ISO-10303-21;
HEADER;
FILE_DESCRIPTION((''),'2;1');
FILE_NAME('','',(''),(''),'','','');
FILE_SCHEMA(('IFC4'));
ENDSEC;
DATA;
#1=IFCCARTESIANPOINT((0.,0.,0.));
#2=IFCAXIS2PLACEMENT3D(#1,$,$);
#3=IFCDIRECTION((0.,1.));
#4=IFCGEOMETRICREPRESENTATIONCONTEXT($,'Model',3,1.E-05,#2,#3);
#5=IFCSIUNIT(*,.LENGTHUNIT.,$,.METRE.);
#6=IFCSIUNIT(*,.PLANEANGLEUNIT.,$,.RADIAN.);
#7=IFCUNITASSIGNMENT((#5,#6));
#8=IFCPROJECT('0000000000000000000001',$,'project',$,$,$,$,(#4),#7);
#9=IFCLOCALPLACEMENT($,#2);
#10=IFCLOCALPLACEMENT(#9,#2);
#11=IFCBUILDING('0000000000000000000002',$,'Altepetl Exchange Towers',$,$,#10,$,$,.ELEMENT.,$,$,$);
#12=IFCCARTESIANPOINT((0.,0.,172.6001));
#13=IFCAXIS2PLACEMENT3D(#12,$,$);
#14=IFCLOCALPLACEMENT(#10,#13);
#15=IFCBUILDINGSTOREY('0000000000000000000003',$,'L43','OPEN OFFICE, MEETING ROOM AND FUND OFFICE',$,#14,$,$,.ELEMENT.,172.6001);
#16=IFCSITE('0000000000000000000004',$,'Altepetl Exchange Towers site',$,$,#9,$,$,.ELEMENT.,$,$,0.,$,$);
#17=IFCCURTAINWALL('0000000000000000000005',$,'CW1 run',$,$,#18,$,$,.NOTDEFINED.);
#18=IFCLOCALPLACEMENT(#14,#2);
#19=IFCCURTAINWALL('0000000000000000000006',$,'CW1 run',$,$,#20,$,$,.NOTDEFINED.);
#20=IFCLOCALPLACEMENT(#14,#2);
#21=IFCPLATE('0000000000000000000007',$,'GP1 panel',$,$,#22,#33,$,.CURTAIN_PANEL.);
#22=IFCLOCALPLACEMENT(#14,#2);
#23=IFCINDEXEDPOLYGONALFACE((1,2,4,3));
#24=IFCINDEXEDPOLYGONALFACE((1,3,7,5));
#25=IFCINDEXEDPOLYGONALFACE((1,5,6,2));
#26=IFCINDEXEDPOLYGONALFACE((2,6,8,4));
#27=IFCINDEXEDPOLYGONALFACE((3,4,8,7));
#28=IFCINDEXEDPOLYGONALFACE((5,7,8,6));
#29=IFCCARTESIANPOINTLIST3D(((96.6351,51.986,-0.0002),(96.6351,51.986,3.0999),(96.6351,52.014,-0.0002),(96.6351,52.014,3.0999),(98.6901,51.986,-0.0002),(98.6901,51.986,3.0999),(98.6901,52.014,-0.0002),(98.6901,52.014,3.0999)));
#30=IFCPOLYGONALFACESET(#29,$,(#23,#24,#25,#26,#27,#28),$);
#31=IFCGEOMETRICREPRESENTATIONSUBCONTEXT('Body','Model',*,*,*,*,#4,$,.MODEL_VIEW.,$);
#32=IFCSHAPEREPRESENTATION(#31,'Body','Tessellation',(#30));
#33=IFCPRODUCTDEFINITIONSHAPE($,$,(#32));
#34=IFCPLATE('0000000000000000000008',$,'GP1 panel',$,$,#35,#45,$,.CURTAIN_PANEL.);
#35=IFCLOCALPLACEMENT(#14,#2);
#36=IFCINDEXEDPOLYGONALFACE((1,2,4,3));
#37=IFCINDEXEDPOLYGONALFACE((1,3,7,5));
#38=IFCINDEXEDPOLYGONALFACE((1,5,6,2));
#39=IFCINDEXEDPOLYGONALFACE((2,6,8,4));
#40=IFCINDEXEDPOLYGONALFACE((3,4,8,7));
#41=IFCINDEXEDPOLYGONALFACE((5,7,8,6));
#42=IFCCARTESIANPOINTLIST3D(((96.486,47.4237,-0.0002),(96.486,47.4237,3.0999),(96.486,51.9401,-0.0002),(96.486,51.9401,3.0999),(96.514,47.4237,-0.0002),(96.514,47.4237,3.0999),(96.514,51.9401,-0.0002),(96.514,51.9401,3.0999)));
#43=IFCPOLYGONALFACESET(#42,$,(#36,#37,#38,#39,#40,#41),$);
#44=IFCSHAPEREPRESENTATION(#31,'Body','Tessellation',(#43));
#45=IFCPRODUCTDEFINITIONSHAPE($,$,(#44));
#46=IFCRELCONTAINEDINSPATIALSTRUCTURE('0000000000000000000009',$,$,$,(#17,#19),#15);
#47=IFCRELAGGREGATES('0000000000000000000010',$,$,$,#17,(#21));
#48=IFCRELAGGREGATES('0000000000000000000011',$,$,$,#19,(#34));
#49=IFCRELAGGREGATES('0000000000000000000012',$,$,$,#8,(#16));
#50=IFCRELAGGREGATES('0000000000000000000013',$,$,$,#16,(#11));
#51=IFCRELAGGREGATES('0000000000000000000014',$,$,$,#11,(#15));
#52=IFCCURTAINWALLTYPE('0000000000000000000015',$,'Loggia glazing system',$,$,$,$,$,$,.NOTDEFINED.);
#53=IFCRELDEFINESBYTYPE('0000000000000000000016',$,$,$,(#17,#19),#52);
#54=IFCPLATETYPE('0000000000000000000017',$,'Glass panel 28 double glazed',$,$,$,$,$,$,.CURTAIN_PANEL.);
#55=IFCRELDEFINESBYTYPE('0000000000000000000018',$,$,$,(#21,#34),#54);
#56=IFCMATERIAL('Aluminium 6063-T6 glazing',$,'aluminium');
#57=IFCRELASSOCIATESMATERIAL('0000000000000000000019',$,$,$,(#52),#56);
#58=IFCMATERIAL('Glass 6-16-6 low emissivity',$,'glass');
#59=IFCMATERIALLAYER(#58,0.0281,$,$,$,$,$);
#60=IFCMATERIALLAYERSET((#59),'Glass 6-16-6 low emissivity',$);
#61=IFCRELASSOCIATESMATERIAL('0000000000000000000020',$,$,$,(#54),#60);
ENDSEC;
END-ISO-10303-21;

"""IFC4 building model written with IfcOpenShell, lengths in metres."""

from ifc_helpers import new_model, si_unit, direction, frame, origin, origin_2d, place, context, subcontext, project, spatial, rectangle, extrude, material, layer, layer_set, type_object, element, aggregate, save


model = new_model("IFC4")

# Units and contexts
model_context = context("Model", 3, precision=1e-05, world=origin(), true_north=direction((0.0, 1.0)))
body_context = subcontext(model_context, "Body", "Model", "MODEL_VIEW")
ifc_project = project(units=[si_unit("LENGTHUNIT", "METRE"), si_unit("PLANEANGLEUNIT", "RADIAN")], contexts=[model_context])

# Site, building, storey
site_placement = place(None, origin())
site = spatial("IfcSite", under=ifc_project, at=site_placement, Name="Altepetl Exchange Towers site", CompositionType="ELEMENT", RefElevation=0.0)
building_placement = place(site_placement, origin())
building = spatial("IfcBuilding", under=site, at=building_placement, Name="Altepetl Exchange Towers", CompositionType="ELEMENT")
storey_placement = place(building_placement, frame((0.0, 0.0, 172.6001)))
storey = spatial("IfcBuildingStorey", under=building, at=storey_placement, Name="L43", Description="OPEN OFFICE, MEETING ROOM AND FUND OFFICE", CompositionType="ELEMENT", Elevation=172.6001)

# Shared definitions
ifc_material_1 = material(Name="Aluminium 6063-T6 glazing", Category="aluminium")
curtain_wall_type = type_object("IfcCurtainWallType", Name="Loggia glazing system", PredefinedType="NOTDEFINED", material=ifc_material_1)

# Curtain walls
curtain_wall_1_placement = place(storey_placement, origin())
curtain_wall_1 = element("IfcCurtainWall", 1, at=curtain_wall_1_placement, inside=storey, type_object=curtain_wall_type, Name="CW1 run", PredefinedType="NOTDEFINED")
curtain_wall_2_placement = place(storey_placement, origin())
curtain_wall_2 = element("IfcCurtainWall", 2, at=curtain_wall_2_placement, inside=storey, type_object=curtain_wall_type, Name="CW1 run", PredefinedType="NOTDEFINED")

# Plates
ifc_material_2 = material(Name="Glass 6-16-6 low emissivity", Category="glass")
ifc_layer = layer(ifc_material_2, 0.0281)
ifc_layer_set = layer_set([ifc_layer], Name="Glass 6-16-6 low emissivity")
plate_type = type_object("IfcPlateType", Name="Glass panel 28 double glazed", PredefinedType="CURTAIN_PANEL", material=ifc_layer_set)
plate_1_placement = place(storey_placement, frame((97.6626, 52.0, -0.0002), z_axis=(0.0, 0.0, 1.0), x_axis=(-1.0, 0.0, 0.0)))
plate_1 = element("IfcPlate", 3, at=plate_1_placement, type_object=plate_type, Name="GP1 panel", PredefinedType="CURTAIN_PANEL", context=body_context, shape_type="SweptSolid", body=[
    extrude(rectangle(XDim=2.0549, YDim=0.0281, at=origin_2d()), origin(), (0.0, 0.0, 1.0), 3.1001),
])
aggregate(curtain_wall_1, [plate_1])
plate_2_placement = place(storey_placement, frame((96.5, 49.6819, -0.0002), z_axis=(0.0, 0.0, 1.0), x_axis=(0.0, -1.0, 0.0)))
plate_2 = element("IfcPlate", 4, at=plate_2_placement, type_object=plate_type, Name="GP1 panel", PredefinedType="CURTAIN_PANEL", context=body_context, shape_type="SweptSolid", body=[
    extrude(rectangle(XDim=4.5164, YDim=0.0281, at=origin_2d()), origin(), (0.0, 0.0, 1.0), 3.1001),
])
aggregate(curtain_wall_2, [plate_2])

save(model, "model.ifc")
